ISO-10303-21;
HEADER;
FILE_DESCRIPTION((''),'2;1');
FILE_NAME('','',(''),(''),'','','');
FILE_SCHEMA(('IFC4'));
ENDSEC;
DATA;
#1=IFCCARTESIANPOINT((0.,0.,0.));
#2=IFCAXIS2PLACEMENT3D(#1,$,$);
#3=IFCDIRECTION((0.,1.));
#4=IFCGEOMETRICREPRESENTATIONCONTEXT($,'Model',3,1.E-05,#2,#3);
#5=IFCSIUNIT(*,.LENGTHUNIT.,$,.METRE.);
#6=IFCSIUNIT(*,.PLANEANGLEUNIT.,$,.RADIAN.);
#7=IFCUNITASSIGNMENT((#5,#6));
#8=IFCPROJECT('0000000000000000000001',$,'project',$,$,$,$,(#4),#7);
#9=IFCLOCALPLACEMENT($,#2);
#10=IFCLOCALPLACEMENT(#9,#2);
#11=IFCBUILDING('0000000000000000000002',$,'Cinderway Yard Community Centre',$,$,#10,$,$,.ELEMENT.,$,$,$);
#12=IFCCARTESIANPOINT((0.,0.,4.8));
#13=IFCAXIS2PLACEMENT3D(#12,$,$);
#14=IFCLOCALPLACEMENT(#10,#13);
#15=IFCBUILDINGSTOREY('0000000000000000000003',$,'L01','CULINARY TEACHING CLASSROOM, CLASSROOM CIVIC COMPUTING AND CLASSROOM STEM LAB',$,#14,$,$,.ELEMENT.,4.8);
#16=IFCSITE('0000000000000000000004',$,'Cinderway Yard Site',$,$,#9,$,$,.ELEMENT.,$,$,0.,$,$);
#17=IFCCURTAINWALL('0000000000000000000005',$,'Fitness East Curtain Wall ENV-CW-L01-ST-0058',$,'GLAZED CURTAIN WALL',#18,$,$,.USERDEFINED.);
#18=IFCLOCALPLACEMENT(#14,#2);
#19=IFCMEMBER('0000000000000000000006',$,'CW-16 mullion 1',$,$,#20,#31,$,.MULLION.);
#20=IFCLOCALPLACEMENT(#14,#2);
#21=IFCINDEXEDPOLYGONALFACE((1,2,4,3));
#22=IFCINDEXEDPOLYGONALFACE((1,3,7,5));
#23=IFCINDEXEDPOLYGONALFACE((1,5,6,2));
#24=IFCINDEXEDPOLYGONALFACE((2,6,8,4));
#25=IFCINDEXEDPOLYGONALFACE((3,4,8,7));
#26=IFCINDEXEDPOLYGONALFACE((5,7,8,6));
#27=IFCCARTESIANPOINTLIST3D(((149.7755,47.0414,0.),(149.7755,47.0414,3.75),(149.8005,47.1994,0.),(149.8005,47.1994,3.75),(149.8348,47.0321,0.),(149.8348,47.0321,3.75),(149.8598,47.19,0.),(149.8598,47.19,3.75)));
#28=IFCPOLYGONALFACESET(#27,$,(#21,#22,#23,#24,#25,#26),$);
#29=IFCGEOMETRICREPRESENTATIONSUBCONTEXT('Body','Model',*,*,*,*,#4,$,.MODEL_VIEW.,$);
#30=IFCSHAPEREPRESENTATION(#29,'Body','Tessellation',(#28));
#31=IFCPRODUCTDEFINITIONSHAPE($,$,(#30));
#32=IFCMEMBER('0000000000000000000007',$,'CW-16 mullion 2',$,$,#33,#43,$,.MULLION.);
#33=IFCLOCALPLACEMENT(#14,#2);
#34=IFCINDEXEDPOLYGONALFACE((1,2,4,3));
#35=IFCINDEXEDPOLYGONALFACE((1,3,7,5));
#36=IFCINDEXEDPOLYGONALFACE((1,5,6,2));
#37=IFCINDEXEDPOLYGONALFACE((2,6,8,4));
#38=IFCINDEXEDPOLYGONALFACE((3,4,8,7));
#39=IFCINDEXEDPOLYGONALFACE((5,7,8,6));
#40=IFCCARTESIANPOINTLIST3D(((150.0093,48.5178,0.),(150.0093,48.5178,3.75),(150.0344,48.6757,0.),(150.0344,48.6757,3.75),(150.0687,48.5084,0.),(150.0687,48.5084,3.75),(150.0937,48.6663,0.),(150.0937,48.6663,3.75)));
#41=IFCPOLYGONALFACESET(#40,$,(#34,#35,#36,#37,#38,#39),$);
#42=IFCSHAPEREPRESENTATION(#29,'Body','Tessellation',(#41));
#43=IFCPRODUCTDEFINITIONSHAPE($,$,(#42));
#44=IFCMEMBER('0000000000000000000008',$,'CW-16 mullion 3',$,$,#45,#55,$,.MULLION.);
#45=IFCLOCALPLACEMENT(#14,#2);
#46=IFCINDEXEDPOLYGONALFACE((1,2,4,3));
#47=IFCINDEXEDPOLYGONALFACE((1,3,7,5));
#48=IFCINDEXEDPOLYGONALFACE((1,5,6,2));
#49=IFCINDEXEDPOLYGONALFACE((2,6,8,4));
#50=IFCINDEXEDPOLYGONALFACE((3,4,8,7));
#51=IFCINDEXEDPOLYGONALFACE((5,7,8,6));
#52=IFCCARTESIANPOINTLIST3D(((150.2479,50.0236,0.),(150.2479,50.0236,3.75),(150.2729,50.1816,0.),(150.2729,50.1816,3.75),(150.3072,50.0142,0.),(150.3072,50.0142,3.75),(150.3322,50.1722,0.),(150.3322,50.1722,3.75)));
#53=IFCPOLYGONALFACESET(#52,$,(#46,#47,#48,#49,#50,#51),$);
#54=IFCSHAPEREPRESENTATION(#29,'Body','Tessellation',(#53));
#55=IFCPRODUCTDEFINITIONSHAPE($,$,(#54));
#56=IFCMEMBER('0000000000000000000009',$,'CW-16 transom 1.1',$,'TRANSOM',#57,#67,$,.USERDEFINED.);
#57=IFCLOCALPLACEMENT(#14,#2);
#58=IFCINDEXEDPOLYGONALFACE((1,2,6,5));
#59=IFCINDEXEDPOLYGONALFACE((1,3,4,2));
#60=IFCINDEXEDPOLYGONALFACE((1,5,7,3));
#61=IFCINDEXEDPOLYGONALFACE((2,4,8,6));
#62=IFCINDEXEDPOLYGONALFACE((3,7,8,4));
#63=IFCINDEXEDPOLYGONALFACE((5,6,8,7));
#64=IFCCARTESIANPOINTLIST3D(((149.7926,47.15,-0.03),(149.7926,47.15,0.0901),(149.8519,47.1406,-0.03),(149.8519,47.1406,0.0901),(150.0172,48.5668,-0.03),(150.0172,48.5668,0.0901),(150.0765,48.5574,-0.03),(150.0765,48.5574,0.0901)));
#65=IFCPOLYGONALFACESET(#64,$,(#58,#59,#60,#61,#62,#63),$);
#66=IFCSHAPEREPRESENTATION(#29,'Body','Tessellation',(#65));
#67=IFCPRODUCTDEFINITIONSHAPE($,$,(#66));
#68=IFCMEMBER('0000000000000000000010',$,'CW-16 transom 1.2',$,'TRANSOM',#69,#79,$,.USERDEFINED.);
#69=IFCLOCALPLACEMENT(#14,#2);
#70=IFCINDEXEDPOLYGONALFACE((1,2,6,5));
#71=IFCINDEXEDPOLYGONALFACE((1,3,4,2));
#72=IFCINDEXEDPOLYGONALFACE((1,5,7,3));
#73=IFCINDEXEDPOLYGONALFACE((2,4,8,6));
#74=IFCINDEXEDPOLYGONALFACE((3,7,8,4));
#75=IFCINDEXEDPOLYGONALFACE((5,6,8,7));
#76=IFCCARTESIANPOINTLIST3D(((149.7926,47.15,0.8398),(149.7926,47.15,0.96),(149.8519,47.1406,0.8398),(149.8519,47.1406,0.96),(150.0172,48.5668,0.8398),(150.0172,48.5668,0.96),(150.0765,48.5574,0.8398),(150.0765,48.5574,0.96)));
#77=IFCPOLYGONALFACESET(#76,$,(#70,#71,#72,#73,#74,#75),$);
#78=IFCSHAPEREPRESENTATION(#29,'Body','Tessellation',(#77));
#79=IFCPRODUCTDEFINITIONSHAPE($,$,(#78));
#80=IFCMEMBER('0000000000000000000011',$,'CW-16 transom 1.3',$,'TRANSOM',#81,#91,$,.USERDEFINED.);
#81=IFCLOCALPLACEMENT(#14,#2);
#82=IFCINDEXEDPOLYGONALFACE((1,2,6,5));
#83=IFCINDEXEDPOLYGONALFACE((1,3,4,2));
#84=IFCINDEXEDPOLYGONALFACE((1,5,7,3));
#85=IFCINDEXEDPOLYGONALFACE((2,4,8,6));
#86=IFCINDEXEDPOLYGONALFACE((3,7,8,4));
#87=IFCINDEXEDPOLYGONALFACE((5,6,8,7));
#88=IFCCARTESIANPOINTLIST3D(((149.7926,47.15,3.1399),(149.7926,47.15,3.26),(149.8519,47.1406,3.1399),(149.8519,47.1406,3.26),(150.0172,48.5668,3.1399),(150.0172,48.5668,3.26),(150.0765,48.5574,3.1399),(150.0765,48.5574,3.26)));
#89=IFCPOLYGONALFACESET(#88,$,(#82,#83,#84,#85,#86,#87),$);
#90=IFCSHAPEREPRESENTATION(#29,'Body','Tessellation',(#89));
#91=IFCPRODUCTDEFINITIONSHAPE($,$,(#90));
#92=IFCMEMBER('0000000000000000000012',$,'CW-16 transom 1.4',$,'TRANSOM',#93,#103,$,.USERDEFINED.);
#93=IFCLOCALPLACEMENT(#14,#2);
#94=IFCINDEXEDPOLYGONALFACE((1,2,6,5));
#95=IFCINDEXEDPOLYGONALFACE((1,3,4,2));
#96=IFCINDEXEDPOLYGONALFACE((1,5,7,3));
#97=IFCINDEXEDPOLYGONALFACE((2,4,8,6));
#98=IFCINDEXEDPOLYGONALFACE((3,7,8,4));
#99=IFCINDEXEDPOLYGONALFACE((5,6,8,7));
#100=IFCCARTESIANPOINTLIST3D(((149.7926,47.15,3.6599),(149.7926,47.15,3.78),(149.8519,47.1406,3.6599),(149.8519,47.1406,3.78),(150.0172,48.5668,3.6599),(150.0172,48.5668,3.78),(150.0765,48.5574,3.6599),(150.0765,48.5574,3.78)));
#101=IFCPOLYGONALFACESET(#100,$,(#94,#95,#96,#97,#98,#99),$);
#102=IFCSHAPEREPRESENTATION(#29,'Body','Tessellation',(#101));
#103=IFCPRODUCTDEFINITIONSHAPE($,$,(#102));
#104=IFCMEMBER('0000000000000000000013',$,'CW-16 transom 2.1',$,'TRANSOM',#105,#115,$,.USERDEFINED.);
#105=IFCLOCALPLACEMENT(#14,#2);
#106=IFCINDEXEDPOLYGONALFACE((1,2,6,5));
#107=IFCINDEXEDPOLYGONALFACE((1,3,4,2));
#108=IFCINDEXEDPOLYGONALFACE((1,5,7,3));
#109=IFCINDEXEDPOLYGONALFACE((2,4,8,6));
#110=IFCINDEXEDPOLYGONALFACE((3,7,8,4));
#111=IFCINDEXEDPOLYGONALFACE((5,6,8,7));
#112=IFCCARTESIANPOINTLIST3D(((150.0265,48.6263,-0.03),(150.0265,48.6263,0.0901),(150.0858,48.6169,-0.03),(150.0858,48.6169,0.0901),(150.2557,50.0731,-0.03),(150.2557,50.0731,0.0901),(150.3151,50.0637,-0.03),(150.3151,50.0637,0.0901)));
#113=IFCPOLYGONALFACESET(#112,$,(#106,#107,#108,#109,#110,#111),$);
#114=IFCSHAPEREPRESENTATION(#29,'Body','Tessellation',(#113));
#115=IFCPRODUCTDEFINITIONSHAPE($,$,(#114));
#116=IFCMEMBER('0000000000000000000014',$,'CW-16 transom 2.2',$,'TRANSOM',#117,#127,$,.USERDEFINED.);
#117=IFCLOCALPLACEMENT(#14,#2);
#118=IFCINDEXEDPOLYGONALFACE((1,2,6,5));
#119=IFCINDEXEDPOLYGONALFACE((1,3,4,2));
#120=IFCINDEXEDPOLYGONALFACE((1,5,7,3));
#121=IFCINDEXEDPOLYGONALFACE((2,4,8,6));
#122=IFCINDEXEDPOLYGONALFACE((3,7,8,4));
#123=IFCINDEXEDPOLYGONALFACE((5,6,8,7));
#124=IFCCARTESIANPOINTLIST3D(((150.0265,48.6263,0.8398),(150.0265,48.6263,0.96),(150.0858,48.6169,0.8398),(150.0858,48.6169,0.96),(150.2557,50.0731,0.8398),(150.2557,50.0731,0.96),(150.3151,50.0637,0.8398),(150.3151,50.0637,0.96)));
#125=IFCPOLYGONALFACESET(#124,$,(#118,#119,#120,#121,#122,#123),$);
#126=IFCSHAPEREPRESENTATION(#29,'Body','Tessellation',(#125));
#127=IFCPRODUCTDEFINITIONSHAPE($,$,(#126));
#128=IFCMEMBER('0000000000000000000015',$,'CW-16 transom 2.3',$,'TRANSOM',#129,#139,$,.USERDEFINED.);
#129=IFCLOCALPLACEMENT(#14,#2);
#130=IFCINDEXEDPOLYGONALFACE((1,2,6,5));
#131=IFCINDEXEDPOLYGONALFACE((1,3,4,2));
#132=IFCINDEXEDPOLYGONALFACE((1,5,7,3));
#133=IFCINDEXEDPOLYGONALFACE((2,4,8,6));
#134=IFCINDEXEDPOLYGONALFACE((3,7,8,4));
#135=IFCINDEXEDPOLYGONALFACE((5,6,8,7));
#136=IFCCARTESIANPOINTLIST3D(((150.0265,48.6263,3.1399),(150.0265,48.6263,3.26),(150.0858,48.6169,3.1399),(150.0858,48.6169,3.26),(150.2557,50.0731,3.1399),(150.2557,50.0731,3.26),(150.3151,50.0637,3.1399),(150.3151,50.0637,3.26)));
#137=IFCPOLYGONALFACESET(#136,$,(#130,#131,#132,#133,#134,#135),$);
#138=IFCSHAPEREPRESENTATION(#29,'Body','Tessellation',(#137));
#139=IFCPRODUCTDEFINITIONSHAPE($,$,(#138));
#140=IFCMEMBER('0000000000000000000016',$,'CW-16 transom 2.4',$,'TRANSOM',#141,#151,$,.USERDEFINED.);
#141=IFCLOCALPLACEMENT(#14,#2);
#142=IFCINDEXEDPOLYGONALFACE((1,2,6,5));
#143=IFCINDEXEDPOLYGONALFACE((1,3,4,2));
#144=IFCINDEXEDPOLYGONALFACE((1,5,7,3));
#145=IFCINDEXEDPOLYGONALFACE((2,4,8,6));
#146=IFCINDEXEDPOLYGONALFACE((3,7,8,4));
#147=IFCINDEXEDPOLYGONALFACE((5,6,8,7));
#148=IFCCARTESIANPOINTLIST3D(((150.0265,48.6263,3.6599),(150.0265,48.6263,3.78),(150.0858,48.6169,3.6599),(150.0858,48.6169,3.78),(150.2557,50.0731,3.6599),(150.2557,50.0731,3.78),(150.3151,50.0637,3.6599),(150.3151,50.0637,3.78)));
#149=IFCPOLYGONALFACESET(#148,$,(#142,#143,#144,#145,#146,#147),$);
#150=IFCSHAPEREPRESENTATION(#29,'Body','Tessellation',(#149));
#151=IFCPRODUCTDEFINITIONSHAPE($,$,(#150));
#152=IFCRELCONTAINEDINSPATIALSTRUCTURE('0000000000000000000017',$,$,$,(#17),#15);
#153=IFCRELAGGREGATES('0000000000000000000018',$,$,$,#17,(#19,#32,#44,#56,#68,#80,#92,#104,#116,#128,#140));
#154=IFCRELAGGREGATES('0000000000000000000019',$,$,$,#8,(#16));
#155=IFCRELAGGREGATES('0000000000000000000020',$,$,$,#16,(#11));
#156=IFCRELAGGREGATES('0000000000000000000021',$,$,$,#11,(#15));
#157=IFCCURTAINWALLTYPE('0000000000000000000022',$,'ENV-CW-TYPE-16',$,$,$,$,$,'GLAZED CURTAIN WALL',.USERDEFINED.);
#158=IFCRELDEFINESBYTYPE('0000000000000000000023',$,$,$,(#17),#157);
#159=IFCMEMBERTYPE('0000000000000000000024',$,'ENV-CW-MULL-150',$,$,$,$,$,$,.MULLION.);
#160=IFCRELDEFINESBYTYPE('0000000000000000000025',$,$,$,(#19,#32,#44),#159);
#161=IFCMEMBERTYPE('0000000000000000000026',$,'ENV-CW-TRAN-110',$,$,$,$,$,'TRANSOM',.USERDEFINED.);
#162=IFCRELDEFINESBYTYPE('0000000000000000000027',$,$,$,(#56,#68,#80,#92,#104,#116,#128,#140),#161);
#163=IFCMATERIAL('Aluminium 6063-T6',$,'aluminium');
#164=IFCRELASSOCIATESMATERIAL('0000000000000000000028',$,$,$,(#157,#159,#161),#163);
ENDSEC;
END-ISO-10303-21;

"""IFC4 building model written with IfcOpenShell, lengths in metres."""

from ifc_helpers import new_model, si_unit, direction, frame, origin, origin_2d, place, context, subcontext, project, spatial, rectangle, extrude, material, material_profile, profile_set, type_object, element, aggregate, save


model = new_model("IFC4")

# Units and contexts
model_context = context("Model", 3, precision=1e-05, world=origin(), true_north=direction((0.0, 1.0)))
body_context = subcontext(model_context, "Body", "Model", "MODEL_VIEW")
ifc_project = project(units=[si_unit("LENGTHUNIT", "METRE"), si_unit("PLANEANGLEUNIT", "RADIAN")], contexts=[model_context])

# Site, building, storey
site_placement = place(None, origin())
site = spatial("IfcSite", under=ifc_project, at=site_placement, Name="Cinderway Yard Site", CompositionType="ELEMENT", RefElevation=0.0)
building_placement = place(site_placement, origin())
building = spatial("IfcBuilding", under=site, at=building_placement, Name="Cinderway Yard Community Centre", CompositionType="ELEMENT")
storey_placement = place(building_placement, frame((0.0, 0.0, 4.8)))
storey = spatial("IfcBuildingStorey", under=building, at=storey_placement, Name="L01", Description="CULINARY TEACHING CLASSROOM, CLASSROOM CIVIC COMPUTING AND CLASSROOM STEM LAB", CompositionType="ELEMENT", Elevation=4.8)

# Curtain wall, members
ifc_material_1 = material(Name="Aluminium 6063-T6", Category="aluminium")
curtain_wall_type = type_object("IfcCurtainWallType", Name="ENV-CW-TYPE-16", ElementType="GLAZED CURTAIN WALL", PredefinedType="USERDEFINED", material=ifc_material_1)
curtain_wall_placement = place(storey_placement, origin())
curtain_wall = element("IfcCurtainWall", 1, at=curtain_wall_placement, inside=storey, type_object=curtain_wall_type, Name="Fitness East Curtain Wall ENV-CW-L01-ST-0058", ObjectType="GLAZED CURTAIN WALL", PredefinedType="USERDEFINED")
ifc_material_profile_1 = material_profile(ifc_material_1, rectangle(XDim=0.0601, YDim=0.1599, at=origin_2d()), Name="Aluminium 6063-T6")
ifc_profile_set_1 = profile_set([ifc_material_profile_1], Name="Aluminium 6063-T6")
member_type_1 = type_object("IfcMemberType", Name="ENV-CW-MULL-150", PredefinedType="MULLION", material=ifc_profile_set_1)
member_1_placement = place(storey_placement, frame((149.8176, 47.1157, 0.0), z_axis=(0.0, 0.0, 1.0), x_axis=(-0.987691, 0.156417, 0.0)))
member_1 = element("IfcMember", 2, at=member_1_placement, type_object=member_type_1, Name="CW-16 mullion 1", PredefinedType="MULLION", context=body_context, shape_type="SweptSolid", body=[
    extrude(rectangle(XDim=0.0601, YDim=0.1599, at=origin_2d()), origin(), (0.0, 0.0, 1.0), 3.75),
])
member_2_placement = place(storey_placement, frame((150.0515, 48.592, 0.0), z_axis=(0.0, 0.0, 1.0), x_axis=(-0.987691, 0.156417, 0.0)))
member_2 = element("IfcMember", 3, at=member_2_placement, type_object=member_type_1, Name="CW-16 mullion 2", PredefinedType="MULLION", context=body_context, shape_type="SweptSolid", body=[
    extrude(rectangle(XDim=0.0601, YDim=0.1599, at=origin_2d()), origin(), (0.0, 0.0, 1.0), 3.75),
])
member_3_placement = place(storey_placement, frame((150.29, 50.0979, 0.0), z_axis=(0.0, 0.0, 1.0), x_axis=(-0.987691, 0.156417, 0.0)))
member_3 = element("IfcMember", 4, at=member_3_placement, type_object=member_type_1, Name="CW-16 mullion 3", PredefinedType="MULLION", context=body_context, shape_type="SweptSolid", body=[
    extrude(rectangle(XDim=0.0601, YDim=0.1599, at=origin_2d()), origin(), (0.0, 0.0, 1.0), 3.75),
])
ifc_material_profile_2 = material_profile(ifc_material_1, rectangle(XDim=0.0601, YDim=0.1201, at=origin_2d()), Name="Aluminium 6063-T6")
ifc_profile_set_2 = profile_set([ifc_material_profile_2], Name="Aluminium 6063-T6")
member_type_2 = type_object("IfcMemberType", Name="ENV-CW-TRAN-110", ElementType="TRANSOM", PredefinedType="USERDEFINED", material=ifc_profile_set_2)
member_4_placement = place(storey_placement, frame((149.8223, 47.1453, 0.03), z_axis=(0.156557, 0.987669, 0.0), x_axis=(-0.987669, 0.156557, 0.0)))
member_4 = element("IfcMember", 5, at=member_4_placement, type_object=member_type_2, Name="CW-16 transom 1.1", ObjectType="TRANSOM", PredefinedType="USERDEFINED", context=body_context, shape_type="SweptSolid", body=[
    extrude(rectangle(XDim=0.0601, YDim=0.1201, at=origin_2d()), origin(), (0.0, 0.0, 1.0), 1.4346),
])
member_5_placement = place(storey_placement, frame((149.8223, 47.1453, 0.8999), z_axis=(0.156557, 0.987669, 0.0), x_axis=(-0.987669, 0.156557, 0.0)))
member_5 = element("IfcMember", 6, at=member_5_placement, type_object=member_type_2, Name="CW-16 transom 1.2", ObjectType="TRANSOM", PredefinedType="USERDEFINED", context=body_context, shape_type="SweptSolid", body=[
    extrude(rectangle(XDim=0.0601, YDim=0.1201, at=origin_2d()), origin(), (0.0, 0.0, 1.0), 1.4346),
])
member_6_placement = place(storey_placement, frame((149.8223, 47.1453, 3.2), z_axis=(0.156557, 0.987669, 0.0), x_axis=(-0.987669, 0.156557, 0.0)))
member_6 = element("IfcMember", 7, at=member_6_placement, type_object=member_type_2, Name="CW-16 transom 1.3", ObjectType="TRANSOM", PredefinedType="USERDEFINED", context=body_context, shape_type="SweptSolid", body=[
    extrude(rectangle(XDim=0.0601, YDim=0.1201, at=origin_2d()), origin(), (0.0, 0.0, 1.0), 1.4346),
])
member_7_placement = place(storey_placement, frame((149.8223, 47.1453, 3.72), z_axis=(0.156557, 0.987669, 0.0), x_axis=(-0.987669, 0.156557, 0.0)))
member_7 = element("IfcMember", 8, at=member_7_placement, type_object=member_type_2, Name="CW-16 transom 1.4", ObjectType="TRANSOM", PredefinedType="USERDEFINED", context=body_context, shape_type="SweptSolid", body=[
    extrude(rectangle(XDim=0.0601, YDim=0.1201, at=origin_2d()), origin(), (0.0, 0.0, 1.0), 1.4346),
])
member_8_placement = place(storey_placement, frame((150.0562, 48.6216, 0.03), z_axis=(0.156502, 0.987678, 0.0), x_axis=(-0.987678, 0.156502, 0.0)))
member_8 = element("IfcMember", 9, at=member_8_placement, type_object=member_type_2, Name="CW-16 transom 2.1", ObjectType="TRANSOM", PredefinedType="USERDEFINED", context=body_context, shape_type="SweptSolid", body=[
    extrude(rectangle(XDim=0.0601, YDim=0.1201, at=origin_2d()), origin(), (0.0, 0.0, 1.0), 1.4648),
])
member_9_placement = place(storey_placement, frame((150.0562, 48.6216, 0.8999), z_axis=(0.156502, 0.987678, 0.0), x_axis=(-0.987678, 0.156502, 0.0)))
member_9 = element("IfcMember", 10, at=member_9_placement, type_object=member_type_2, Name="CW-16 transom 2.2", ObjectType="TRANSOM", PredefinedType="USERDEFINED", context=body_context, shape_type="SweptSolid", body=[
    extrude(rectangle(XDim=0.0601, YDim=0.1201, at=origin_2d()), origin(), (0.0, 0.0, 1.0), 1.4648),
])
member_10_placement = place(storey_placement, frame((150.0562, 48.6216, 3.2), z_axis=(0.156502, 0.987678, 0.0), x_axis=(-0.987678, 0.156502, 0.0)))
member_10 = element("IfcMember", 11, at=member_10_placement, type_object=member_type_2, Name="CW-16 transom 2.3", ObjectType="TRANSOM", PredefinedType="USERDEFINED", context=body_context, shape_type="SweptSolid", body=[
    extrude(rectangle(XDim=0.0601, YDim=0.1201, at=origin_2d()), origin(), (0.0, 0.0, 1.0), 1.4648),
])
member_11_placement = place(storey_placement, frame((150.0562, 48.6216, 3.72), z_axis=(0.156502, 0.987678, 0.0), x_axis=(-0.987678, 0.156502, 0.0)))
member_11 = element("IfcMember", 12, at=member_11_placement, type_object=member_type_2, Name="CW-16 transom 2.4", ObjectType="TRANSOM", PredefinedType="USERDEFINED", context=body_context, shape_type="SweptSolid", body=[
    extrude(rectangle(XDim=0.0601, YDim=0.1201, at=origin_2d()), origin(), (0.0, 0.0, 1.0), 1.4648),
])

aggregate(curtain_wall, [member_1, member_2, member_3, member_4, member_5, member_6, member_7, member_8, member_9, member_10, member_11])

save(model, "model.ifc")
